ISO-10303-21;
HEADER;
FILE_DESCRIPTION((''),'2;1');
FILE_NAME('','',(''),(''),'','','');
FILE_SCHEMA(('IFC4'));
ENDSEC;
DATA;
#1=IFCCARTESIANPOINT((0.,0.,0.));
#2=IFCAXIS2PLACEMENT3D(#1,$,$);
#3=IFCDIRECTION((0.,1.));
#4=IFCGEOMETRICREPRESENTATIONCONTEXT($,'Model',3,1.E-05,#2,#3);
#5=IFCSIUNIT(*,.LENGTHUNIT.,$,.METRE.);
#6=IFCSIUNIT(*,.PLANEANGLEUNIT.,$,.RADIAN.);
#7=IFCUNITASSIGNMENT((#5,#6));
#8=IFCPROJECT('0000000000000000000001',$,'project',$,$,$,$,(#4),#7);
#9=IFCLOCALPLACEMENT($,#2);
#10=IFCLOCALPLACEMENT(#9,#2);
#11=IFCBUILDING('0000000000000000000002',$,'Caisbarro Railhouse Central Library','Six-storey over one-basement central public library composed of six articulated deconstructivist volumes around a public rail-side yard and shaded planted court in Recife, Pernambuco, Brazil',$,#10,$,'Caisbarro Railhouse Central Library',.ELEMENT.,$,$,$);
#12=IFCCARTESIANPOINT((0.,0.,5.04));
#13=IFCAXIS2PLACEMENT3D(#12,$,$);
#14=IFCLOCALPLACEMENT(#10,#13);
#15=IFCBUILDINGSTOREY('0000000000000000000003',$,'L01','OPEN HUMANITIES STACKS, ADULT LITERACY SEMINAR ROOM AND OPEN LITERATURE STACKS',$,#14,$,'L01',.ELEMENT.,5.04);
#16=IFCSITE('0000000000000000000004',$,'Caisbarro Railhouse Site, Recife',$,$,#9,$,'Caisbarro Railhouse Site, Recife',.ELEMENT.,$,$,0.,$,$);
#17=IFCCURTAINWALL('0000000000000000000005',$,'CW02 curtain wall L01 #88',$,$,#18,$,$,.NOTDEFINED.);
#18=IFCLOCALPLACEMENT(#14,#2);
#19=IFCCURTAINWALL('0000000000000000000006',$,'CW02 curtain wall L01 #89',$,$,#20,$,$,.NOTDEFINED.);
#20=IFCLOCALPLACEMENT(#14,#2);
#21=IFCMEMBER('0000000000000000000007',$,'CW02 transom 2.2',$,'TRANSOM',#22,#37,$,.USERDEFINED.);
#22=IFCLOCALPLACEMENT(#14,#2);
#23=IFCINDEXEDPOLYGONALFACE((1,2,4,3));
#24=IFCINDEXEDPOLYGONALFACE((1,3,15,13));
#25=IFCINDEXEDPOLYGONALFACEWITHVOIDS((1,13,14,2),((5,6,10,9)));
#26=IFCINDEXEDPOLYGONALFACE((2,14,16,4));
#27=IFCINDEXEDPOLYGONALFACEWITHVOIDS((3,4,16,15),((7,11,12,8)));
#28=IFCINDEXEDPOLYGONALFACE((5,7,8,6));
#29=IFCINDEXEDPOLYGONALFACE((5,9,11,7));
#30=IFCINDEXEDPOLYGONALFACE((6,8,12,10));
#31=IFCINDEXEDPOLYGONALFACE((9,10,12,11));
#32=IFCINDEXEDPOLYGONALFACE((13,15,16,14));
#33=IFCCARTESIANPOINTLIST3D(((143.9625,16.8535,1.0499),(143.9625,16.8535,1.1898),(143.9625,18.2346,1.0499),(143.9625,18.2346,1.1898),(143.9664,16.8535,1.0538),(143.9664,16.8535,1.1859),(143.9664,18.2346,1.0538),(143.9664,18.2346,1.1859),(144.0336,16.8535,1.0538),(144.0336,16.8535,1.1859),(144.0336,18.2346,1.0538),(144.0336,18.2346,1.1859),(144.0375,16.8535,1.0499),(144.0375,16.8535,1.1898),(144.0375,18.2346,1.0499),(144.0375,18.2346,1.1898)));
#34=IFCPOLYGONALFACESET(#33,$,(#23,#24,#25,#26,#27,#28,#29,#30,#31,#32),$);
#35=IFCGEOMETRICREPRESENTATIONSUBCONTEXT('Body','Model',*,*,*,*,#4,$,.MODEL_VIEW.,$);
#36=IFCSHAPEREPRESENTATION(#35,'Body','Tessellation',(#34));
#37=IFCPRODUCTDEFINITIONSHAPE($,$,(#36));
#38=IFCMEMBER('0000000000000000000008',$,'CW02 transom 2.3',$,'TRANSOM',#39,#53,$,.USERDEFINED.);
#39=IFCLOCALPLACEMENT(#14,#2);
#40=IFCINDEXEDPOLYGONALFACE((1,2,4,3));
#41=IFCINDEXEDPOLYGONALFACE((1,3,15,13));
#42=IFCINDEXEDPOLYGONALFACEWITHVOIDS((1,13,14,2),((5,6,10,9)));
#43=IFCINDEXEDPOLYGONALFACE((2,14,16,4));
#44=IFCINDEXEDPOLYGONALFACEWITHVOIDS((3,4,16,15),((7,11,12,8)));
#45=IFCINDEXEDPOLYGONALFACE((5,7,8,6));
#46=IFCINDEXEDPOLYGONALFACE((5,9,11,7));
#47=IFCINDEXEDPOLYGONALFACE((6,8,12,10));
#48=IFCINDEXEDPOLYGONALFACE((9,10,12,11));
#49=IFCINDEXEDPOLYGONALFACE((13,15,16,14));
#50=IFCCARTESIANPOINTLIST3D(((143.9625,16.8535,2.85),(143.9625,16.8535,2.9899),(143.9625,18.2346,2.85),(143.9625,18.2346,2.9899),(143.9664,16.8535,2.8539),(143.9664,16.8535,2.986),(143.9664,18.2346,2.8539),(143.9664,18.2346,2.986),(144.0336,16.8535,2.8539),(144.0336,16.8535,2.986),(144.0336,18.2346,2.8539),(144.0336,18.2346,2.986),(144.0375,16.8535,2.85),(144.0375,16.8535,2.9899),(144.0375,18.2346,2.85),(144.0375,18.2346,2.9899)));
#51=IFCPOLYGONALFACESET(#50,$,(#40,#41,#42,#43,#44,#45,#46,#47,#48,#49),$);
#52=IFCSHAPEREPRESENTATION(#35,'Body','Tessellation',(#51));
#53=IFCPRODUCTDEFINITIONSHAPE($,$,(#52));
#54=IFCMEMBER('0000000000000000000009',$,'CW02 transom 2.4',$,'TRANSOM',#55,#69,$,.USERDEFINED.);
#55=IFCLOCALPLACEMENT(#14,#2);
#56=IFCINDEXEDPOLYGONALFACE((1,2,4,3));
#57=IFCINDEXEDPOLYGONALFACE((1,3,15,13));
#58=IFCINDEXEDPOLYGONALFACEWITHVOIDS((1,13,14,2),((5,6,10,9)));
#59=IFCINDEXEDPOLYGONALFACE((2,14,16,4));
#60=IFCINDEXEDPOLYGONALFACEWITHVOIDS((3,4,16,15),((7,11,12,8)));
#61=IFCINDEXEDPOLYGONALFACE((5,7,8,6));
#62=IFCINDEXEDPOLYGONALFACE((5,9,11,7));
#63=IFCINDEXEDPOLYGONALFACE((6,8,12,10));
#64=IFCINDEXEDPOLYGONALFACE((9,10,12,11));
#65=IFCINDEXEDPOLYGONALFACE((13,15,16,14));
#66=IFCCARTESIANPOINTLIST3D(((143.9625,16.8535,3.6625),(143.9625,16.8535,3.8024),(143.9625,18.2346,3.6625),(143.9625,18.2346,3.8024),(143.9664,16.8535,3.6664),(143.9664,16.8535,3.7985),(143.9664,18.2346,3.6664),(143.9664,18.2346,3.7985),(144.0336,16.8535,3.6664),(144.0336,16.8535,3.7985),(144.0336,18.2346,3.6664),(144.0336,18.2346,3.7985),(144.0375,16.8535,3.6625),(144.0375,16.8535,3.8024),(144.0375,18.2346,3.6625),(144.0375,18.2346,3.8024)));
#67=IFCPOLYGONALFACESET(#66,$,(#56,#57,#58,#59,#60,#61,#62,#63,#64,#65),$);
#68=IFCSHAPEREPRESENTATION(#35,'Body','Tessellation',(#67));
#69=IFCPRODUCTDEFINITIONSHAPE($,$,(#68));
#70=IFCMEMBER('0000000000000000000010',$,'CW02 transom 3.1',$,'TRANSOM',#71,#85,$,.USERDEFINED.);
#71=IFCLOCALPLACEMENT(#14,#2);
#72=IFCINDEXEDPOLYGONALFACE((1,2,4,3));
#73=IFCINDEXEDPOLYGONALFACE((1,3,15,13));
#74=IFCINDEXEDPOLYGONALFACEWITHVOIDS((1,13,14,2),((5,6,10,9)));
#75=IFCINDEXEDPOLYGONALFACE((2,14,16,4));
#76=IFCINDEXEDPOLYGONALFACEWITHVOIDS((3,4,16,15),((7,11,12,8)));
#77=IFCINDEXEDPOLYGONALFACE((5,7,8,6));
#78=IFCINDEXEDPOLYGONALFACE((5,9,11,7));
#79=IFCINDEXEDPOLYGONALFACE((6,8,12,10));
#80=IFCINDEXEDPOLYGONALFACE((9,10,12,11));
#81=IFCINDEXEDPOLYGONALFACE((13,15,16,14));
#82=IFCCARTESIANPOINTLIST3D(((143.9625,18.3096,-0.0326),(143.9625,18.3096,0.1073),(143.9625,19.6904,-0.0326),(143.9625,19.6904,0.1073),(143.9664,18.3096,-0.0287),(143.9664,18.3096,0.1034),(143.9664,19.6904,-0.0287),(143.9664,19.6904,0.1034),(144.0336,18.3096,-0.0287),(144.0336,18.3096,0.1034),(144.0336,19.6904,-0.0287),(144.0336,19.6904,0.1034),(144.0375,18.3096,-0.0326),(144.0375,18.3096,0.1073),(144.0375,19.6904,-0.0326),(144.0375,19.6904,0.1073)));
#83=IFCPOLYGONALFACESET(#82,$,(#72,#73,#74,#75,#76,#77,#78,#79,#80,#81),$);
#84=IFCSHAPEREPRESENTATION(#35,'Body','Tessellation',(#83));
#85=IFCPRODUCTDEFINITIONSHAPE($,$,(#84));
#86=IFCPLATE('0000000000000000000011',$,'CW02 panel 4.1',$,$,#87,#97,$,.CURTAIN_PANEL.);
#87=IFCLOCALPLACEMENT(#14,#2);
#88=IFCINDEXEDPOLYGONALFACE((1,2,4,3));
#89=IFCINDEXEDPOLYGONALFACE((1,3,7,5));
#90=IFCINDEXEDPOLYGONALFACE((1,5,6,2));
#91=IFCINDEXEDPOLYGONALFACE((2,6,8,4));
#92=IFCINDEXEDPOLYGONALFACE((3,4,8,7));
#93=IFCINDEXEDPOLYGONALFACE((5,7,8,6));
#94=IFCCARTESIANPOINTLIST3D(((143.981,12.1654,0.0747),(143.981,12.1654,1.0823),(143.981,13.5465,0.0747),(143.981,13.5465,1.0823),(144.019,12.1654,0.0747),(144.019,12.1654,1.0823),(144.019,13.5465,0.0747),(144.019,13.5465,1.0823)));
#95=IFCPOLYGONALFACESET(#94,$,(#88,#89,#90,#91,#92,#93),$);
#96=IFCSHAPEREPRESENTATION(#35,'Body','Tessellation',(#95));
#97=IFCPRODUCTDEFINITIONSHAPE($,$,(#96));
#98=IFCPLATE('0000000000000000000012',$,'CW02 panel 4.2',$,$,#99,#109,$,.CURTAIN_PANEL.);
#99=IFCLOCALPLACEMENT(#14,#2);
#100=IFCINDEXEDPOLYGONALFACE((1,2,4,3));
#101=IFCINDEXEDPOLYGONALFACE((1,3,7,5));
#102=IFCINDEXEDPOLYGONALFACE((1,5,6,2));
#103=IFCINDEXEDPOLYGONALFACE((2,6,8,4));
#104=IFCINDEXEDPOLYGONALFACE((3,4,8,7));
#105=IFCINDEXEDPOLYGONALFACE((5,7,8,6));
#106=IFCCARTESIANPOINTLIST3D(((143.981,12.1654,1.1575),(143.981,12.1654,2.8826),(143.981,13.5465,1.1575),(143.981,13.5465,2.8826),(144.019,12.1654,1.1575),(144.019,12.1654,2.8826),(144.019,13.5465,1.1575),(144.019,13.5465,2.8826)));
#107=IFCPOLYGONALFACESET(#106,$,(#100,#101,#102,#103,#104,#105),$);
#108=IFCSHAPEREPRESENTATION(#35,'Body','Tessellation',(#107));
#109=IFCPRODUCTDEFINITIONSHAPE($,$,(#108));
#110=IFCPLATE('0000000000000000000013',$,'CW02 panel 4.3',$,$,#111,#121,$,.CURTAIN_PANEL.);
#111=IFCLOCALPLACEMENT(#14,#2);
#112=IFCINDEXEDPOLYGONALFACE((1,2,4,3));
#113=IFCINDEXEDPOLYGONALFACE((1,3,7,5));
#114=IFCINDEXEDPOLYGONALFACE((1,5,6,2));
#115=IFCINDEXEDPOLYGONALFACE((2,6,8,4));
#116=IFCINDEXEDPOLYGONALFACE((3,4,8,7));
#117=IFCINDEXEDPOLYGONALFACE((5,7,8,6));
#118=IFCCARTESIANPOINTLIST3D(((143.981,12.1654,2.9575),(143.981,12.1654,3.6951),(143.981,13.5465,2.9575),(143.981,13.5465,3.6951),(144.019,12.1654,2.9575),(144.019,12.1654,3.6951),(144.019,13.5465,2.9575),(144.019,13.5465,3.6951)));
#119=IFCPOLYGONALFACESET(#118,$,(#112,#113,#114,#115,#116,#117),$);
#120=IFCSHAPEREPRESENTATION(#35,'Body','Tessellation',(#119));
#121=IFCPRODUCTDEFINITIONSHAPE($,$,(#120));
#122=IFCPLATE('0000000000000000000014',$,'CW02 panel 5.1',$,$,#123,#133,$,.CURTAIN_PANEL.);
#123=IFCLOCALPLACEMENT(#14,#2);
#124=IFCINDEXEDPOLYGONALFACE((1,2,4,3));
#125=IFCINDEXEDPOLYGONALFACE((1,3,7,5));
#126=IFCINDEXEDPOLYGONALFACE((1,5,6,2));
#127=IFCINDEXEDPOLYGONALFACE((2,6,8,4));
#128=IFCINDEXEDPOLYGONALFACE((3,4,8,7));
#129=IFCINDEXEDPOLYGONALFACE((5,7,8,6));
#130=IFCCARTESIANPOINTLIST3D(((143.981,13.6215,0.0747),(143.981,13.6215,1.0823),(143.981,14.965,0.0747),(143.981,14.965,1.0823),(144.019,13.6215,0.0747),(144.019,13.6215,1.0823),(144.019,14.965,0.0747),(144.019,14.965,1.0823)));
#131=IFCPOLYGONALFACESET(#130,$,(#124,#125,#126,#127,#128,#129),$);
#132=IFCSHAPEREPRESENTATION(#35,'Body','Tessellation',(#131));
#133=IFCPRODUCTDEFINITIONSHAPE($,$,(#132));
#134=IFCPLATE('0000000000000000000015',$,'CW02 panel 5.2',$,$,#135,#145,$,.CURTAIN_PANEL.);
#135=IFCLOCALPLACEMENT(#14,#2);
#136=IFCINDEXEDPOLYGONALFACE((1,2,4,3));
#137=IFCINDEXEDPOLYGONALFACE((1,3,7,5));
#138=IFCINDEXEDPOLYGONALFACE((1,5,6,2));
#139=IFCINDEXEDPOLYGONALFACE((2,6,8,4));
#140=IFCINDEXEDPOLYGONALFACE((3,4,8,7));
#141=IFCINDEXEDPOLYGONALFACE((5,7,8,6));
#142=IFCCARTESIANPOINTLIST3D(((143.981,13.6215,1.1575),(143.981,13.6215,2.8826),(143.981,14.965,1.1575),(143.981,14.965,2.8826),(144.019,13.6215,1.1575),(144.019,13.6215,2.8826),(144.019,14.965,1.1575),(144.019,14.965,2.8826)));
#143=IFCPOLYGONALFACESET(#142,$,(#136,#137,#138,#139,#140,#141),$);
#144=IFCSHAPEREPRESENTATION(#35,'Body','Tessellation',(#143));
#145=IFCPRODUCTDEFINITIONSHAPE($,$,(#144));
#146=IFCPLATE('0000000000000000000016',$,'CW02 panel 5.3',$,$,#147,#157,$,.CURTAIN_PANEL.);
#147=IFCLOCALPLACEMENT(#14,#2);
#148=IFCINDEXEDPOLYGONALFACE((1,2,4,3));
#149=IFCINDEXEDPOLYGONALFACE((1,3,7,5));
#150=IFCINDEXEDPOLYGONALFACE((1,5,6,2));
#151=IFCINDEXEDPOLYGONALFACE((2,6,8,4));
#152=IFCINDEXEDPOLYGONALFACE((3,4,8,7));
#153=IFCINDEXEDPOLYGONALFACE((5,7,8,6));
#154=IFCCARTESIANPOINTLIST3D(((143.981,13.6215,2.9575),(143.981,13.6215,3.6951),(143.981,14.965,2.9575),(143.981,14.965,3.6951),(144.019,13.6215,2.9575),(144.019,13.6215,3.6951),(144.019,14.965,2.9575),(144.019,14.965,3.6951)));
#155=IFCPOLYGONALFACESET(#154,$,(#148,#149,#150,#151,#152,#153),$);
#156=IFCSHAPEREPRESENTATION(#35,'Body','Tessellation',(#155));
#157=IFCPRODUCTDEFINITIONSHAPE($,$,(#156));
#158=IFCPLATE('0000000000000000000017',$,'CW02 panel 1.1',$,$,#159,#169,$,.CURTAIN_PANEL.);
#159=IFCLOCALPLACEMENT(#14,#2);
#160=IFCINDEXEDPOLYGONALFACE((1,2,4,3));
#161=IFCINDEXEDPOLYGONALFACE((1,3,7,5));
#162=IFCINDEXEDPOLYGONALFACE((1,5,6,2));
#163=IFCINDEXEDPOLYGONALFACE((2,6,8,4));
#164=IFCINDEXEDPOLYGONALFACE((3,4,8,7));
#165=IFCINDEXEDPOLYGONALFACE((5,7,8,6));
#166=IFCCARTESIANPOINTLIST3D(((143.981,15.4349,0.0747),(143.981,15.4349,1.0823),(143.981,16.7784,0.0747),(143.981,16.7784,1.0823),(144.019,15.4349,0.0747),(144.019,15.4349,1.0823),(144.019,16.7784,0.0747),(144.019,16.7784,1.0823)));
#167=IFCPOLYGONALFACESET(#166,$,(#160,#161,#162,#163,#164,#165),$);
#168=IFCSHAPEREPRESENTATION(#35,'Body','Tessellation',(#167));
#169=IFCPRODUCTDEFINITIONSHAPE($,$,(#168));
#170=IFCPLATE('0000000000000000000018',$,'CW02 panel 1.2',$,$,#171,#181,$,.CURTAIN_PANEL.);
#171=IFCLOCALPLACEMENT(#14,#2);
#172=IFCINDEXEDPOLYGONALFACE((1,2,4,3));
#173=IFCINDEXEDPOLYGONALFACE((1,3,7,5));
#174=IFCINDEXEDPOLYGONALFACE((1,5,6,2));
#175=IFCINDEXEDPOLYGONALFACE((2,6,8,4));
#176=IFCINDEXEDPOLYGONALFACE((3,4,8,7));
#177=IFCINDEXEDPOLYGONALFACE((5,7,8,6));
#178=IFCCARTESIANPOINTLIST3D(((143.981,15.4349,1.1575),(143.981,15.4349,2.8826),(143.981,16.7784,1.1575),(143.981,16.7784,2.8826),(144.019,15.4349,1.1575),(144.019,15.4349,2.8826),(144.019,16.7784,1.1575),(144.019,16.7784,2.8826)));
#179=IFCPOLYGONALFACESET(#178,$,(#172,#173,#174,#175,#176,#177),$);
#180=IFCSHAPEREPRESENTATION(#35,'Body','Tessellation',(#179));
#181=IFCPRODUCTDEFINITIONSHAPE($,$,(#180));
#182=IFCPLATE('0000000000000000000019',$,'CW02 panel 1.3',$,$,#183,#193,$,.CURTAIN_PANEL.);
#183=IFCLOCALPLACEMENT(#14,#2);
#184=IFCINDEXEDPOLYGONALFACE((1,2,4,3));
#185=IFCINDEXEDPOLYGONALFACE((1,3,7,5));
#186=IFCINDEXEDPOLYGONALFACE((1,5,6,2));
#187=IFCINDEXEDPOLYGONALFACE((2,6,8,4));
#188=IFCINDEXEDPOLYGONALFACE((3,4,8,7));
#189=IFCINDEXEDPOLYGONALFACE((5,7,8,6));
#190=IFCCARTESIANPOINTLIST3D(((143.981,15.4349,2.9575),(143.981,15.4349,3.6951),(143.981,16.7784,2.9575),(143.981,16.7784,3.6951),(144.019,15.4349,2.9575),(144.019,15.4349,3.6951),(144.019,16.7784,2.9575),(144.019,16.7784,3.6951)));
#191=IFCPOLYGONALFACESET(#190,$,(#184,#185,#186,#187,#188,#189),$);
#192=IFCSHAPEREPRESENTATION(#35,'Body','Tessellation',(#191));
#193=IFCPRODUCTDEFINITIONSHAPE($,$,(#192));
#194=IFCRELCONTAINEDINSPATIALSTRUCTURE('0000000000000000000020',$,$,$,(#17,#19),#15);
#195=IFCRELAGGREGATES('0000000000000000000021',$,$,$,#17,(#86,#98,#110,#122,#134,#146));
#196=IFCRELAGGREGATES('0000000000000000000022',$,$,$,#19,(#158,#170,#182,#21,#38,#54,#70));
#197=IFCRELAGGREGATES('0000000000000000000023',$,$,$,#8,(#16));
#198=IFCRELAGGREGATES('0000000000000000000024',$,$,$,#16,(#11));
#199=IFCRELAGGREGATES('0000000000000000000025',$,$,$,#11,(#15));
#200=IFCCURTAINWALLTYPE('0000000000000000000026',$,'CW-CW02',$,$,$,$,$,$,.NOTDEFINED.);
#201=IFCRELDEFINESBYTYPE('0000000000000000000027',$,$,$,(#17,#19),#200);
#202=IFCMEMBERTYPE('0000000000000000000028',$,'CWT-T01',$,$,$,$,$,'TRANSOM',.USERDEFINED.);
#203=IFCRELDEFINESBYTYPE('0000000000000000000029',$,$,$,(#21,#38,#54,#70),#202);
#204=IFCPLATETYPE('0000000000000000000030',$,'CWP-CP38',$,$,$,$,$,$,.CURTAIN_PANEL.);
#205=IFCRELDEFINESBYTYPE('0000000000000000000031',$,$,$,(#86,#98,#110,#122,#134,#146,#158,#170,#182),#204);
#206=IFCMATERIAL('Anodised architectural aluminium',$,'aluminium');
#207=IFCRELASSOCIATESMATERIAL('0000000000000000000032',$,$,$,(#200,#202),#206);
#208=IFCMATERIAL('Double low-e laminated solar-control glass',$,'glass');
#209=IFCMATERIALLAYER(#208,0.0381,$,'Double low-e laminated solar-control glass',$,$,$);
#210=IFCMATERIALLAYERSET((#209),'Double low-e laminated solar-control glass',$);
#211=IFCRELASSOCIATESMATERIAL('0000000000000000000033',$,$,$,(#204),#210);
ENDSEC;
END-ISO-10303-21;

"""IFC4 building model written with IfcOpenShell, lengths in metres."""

from ifc_helpers import new_model, si_unit, direction, frame, origin, origin_2d, place, context, subcontext, project, spatial, rectangle, hollow_rectangle, extrude, material, layer, layer_set, material_profile, profile_set, type_object, element, aggregate, save


model = new_model("IFC4")

# Units and contexts
model_context = context("Model", 3, precision=1e-05, world=origin(), true_north=direction((0.0, 1.0)))
body_context = subcontext(model_context, "Body", "Model", "MODEL_VIEW")
ifc_project = project(units=[si_unit("LENGTHUNIT", "METRE"), si_unit("PLANEANGLEUNIT", "RADIAN")], contexts=[model_context])

# Site, building, storey
site_placement = place(None, origin())
site = spatial("IfcSite", under=ifc_project, at=site_placement, Name="Caisbarro Railhouse Site, Recife", LongName="Caisbarro Railhouse Site, Recife", CompositionType="ELEMENT", RefElevation=0.0)
building_placement = place(site_placement, origin())
building = spatial("IfcBuilding", under=site, at=building_placement, Name="Caisbarro Railhouse Central Library", Description="Six-storey over one-basement central public library composed of six articulated deconstructivist volumes around a public rail-side yard and shaded planted court in Recife, Pernambuco, Brazil", LongName="Caisbarro Railhouse Central Library", CompositionType="ELEMENT")
storey_placement = place(building_placement, frame((0.0, 0.0, 5.04)))
storey = spatial("IfcBuildingStorey", under=building, at=storey_placement, Name="L01", Description="OPEN HUMANITIES STACKS, ADULT LITERACY SEMINAR ROOM AND OPEN LITERATURE STACKS", LongName="L01", CompositionType="ELEMENT", Elevation=5.04)

# Curtain walls
ifc_material_1 = material(Name="Anodised architectural aluminium", Category="aluminium")
curtain_wall_type = type_object("IfcCurtainWallType", Name="CW-CW02", PredefinedType="NOTDEFINED", material=ifc_material_1)
curtain_wall_1_placement = place(storey_placement, origin())
curtain_wall_1 = element("IfcCurtainWall", 1, at=curtain_wall_1_placement, inside=storey, type_object=curtain_wall_type, Name="CW02 curtain wall L01 #88", PredefinedType="NOTDEFINED")
curtain_wall_2_placement = place(storey_placement, origin())
curtain_wall_2 = element("IfcCurtainWall", 2, at=curtain_wall_2_placement, inside=storey, type_object=curtain_wall_type, Name="CW02 curtain wall L01 #89", PredefinedType="NOTDEFINED")

# Members
ifc_material_profile_1 = material_profile(ifc_material_1, hollow_rectangle(XDim=0.075, YDim=0.1399, WallThickness=0.0039, at=origin_2d()), Name="ALU-TRN-75X140")
ifc_profile_set_1 = profile_set([ifc_material_profile_1], Name="Anodised architectural aluminium")
member_type_1 = type_object("IfcMemberType", Name="CWT-T01", ElementType="TRANSOM", PredefinedType="USERDEFINED", material=ifc_profile_set_1)
member_1_placement = place(storey_placement, frame((144.0, 16.8535, 1.1199), z_axis=(0.0, 1.0, 0.0), x_axis=(-1.0, 0.0, 0.0)))
member_1 = element("IfcMember", 3, at=member_1_placement, type_object=member_type_1, Name="CW02 transom 2.2", ObjectType="TRANSOM", PredefinedType="USERDEFINED", context=body_context, shape_type="SweptSolid", body=[
    extrude(hollow_rectangle(XDim=0.075, YDim=0.1399, WallThickness=0.0039, at=origin_2d()), origin(), (0.0, 0.0, 1.0), 1.3811),
])
member_2_placement = place(storey_placement, frame((144.0, 16.8535, 2.9199), z_axis=(0.0, 1.0, 0.0), x_axis=(-1.0, 0.0, 0.0)))
member_2 = element("IfcMember", 4, at=member_2_placement, type_object=member_type_1, Name="CW02 transom 2.3", ObjectType="TRANSOM", PredefinedType="USERDEFINED", context=body_context, shape_type="SweptSolid", body=[
    extrude(hollow_rectangle(XDim=0.075, YDim=0.1399, WallThickness=0.0039, at=origin_2d()), origin(), (0.0, 0.0, 1.0), 1.3811),
])
member_3_placement = place(storey_placement, frame((144.0, 16.8535, 3.7324), z_axis=(0.0, 1.0, 0.0), x_axis=(-1.0, 0.0, 0.0)))
member_3 = element("IfcMember", 5, at=member_3_placement, type_object=member_type_1, Name="CW02 transom 2.4", ObjectType="TRANSOM", PredefinedType="USERDEFINED", context=body_context, shape_type="SweptSolid", body=[
    extrude(hollow_rectangle(XDim=0.075, YDim=0.1399, WallThickness=0.0039, at=origin_2d()), origin(), (0.0, 0.0, 1.0), 1.3811),
])
member_4_placement = place(storey_placement, frame((144.0, 18.3096, 0.0374), z_axis=(0.0, 1.0, 0.0), x_axis=(-1.0, 0.0, 0.0)))
member_4 = element("IfcMember", 6, at=member_4_placement, type_object=member_type_1, Name="CW02 transom 3.1", ObjectType="TRANSOM", PredefinedType="USERDEFINED", context=body_context, shape_type="SweptSolid", body=[
    extrude(hollow_rectangle(XDim=0.075, YDim=0.1399, WallThickness=0.0039, at=origin_2d()), origin(), (0.0, 0.0, 1.0), 1.3809),
])

# Plates
ifc_material_2 = material(Name="Double low-e laminated solar-control glass", Category="glass")
ifc_layer = layer(ifc_material_2, 0.0381, Name="Double low-e laminated solar-control glass")
ifc_layer_set = layer_set([ifc_layer], Name="Double low-e laminated solar-control glass")
plate_type = type_object("IfcPlateType", Name="CWP-CP38", PredefinedType="CURTAIN_PANEL", material=ifc_layer_set)
plate_1_placement = place(storey_placement, frame((144.0, 12.856, 0.0747), z_axis=(0.0, 0.0, 1.0), x_axis=(0.0, 1.0, 0.0)))
plate_1 = element("IfcPlate", 7, at=plate_1_placement, type_object=plate_type, Name="CW02 panel 4.1", PredefinedType="CURTAIN_PANEL", context=body_context, shape_type="SweptSolid", body=[
    extrude(rectangle(XDim=1.3811, YDim=0.0381, at=origin_2d()), origin(), (0.0, 0.0, 1.0), 1.0076),
])
plate_2_placement = place(storey_placement, frame((144.0, 12.856, 1.1575), z_axis=(0.0, 0.0, 1.0), x_axis=(0.0, 1.0, 0.0)))
plate_2 = element("IfcPlate", 8, at=plate_2_placement, type_object=plate_type, Name="CW02 panel 4.2", PredefinedType="CURTAIN_PANEL", context=body_context, shape_type="SweptSolid", body=[
    extrude(rectangle(XDim=1.3811, YDim=0.0381, at=origin_2d()), origin(), (0.0, 0.0, 1.0), 1.7251),
])
plate_3_placement = place(storey_placement, frame((144.0, 12.856, 2.9575), z_axis=(0.0, 0.0, 1.0), x_axis=(0.0, 1.0, 0.0)))
plate_3 = element("IfcPlate", 9, at=plate_3_placement, type_object=plate_type, Name="CW02 panel 4.3", PredefinedType="CURTAIN_PANEL", context=body_context, shape_type="SweptSolid", body=[
    extrude(rectangle(XDim=1.3811, YDim=0.0381, at=origin_2d()), origin(), (0.0, 0.0, 1.0), 0.7375),
])
plate_4_placement = place(storey_placement, frame((144.0, 14.2932, 0.0747), z_axis=(0.0, 0.0, 1.0), x_axis=(0.0, 1.0, 0.0)))
plate_4 = element("IfcPlate", 10, at=plate_4_placement, type_object=plate_type, Name="CW02 panel 5.1", PredefinedType="CURTAIN_PANEL", context=body_context, shape_type="SweptSolid", body=[
    extrude(rectangle(XDim=1.3435, YDim=0.0381, at=origin_2d()), origin(), (0.0, 0.0, 1.0), 1.0076),
])
plate_5_placement = place(storey_placement, frame((144.0, 14.2932, 1.1575), z_axis=(0.0, 0.0, 1.0), x_axis=(0.0, 1.0, 0.0)))
plate_5 = element("IfcPlate", 11, at=plate_5_placement, type_object=plate_type, Name="CW02 panel 5.2", PredefinedType="CURTAIN_PANEL", context=body_context, shape_type="SweptSolid", body=[
    extrude(rectangle(XDim=1.3435, YDim=0.0381, at=origin_2d()), origin(), (0.0, 0.0, 1.0), 1.7251),
])
plate_6_placement = place(storey_placement, frame((144.0, 14.2932, 2.9575), z_axis=(0.0, 0.0, 1.0), x_axis=(0.0, 1.0, 0.0)))
plate_6 = element("IfcPlate", 12, at=plate_6_placement, type_object=plate_type, Name="CW02 panel 5.3", PredefinedType="CURTAIN_PANEL", context=body_context, shape_type="SweptSolid", body=[
    extrude(rectangle(XDim=1.3435, YDim=0.0381, at=origin_2d()), origin(), (0.0, 0.0, 1.0), 0.7375),
])
aggregate(curtain_wall_1, [plate_1, plate_2, plate_3, plate_4, plate_5, plate_6])
plate_7_placement = place(storey_placement, frame((144.0, 16.1067, 0.0747), z_axis=(0.0, 0.0, 1.0), x_axis=(0.0, 1.0, 0.0)))
plate_7 = element("IfcPlate", 13, at=plate_7_placement, type_object=plate_type, Name="CW02 panel 1.1", PredefinedType="CURTAIN_PANEL", context=body_context, shape_type="SweptSolid", body=[
    extrude(rectangle(XDim=1.3435, YDim=0.0381, at=origin_2d()), origin(), (0.0, 0.0, 1.0), 1.0076),
])
plate_8_placement = place(storey_placement, frame((144.0, 16.1067, 1.1575), z_axis=(0.0, 0.0, 1.0), x_axis=(0.0, 1.0, 0.0)))
plate_8 = element("IfcPlate", 14, at=plate_8_placement, type_object=plate_type, Name="CW02 panel 1.2", PredefinedType="CURTAIN_PANEL", context=body_context, shape_type="SweptSolid", body=[
    extrude(rectangle(XDim=1.3435, YDim=0.0381, at=origin_2d()), origin(), (0.0, 0.0, 1.0), 1.7251),
])
plate_9_placement = place(storey_placement, frame((144.0, 16.1067, 2.9575), z_axis=(0.0, 0.0, 1.0), x_axis=(0.0, 1.0, 0.0)))
plate_9 = element("IfcPlate", 15, at=plate_9_placement, type_object=plate_type, Name="CW02 panel 1.3", PredefinedType="CURTAIN_PANEL", context=body_context, shape_type="SweptSolid", body=[
    extrude(rectangle(XDim=1.3435, YDim=0.0381, at=origin_2d()), origin(), (0.0, 0.0, 1.0), 0.7375),
])
aggregate(curtain_wall_2, [plate_7, plate_8, plate_9, member_1, member_2, member_3, member_4])

save(model, "model.ifc")
